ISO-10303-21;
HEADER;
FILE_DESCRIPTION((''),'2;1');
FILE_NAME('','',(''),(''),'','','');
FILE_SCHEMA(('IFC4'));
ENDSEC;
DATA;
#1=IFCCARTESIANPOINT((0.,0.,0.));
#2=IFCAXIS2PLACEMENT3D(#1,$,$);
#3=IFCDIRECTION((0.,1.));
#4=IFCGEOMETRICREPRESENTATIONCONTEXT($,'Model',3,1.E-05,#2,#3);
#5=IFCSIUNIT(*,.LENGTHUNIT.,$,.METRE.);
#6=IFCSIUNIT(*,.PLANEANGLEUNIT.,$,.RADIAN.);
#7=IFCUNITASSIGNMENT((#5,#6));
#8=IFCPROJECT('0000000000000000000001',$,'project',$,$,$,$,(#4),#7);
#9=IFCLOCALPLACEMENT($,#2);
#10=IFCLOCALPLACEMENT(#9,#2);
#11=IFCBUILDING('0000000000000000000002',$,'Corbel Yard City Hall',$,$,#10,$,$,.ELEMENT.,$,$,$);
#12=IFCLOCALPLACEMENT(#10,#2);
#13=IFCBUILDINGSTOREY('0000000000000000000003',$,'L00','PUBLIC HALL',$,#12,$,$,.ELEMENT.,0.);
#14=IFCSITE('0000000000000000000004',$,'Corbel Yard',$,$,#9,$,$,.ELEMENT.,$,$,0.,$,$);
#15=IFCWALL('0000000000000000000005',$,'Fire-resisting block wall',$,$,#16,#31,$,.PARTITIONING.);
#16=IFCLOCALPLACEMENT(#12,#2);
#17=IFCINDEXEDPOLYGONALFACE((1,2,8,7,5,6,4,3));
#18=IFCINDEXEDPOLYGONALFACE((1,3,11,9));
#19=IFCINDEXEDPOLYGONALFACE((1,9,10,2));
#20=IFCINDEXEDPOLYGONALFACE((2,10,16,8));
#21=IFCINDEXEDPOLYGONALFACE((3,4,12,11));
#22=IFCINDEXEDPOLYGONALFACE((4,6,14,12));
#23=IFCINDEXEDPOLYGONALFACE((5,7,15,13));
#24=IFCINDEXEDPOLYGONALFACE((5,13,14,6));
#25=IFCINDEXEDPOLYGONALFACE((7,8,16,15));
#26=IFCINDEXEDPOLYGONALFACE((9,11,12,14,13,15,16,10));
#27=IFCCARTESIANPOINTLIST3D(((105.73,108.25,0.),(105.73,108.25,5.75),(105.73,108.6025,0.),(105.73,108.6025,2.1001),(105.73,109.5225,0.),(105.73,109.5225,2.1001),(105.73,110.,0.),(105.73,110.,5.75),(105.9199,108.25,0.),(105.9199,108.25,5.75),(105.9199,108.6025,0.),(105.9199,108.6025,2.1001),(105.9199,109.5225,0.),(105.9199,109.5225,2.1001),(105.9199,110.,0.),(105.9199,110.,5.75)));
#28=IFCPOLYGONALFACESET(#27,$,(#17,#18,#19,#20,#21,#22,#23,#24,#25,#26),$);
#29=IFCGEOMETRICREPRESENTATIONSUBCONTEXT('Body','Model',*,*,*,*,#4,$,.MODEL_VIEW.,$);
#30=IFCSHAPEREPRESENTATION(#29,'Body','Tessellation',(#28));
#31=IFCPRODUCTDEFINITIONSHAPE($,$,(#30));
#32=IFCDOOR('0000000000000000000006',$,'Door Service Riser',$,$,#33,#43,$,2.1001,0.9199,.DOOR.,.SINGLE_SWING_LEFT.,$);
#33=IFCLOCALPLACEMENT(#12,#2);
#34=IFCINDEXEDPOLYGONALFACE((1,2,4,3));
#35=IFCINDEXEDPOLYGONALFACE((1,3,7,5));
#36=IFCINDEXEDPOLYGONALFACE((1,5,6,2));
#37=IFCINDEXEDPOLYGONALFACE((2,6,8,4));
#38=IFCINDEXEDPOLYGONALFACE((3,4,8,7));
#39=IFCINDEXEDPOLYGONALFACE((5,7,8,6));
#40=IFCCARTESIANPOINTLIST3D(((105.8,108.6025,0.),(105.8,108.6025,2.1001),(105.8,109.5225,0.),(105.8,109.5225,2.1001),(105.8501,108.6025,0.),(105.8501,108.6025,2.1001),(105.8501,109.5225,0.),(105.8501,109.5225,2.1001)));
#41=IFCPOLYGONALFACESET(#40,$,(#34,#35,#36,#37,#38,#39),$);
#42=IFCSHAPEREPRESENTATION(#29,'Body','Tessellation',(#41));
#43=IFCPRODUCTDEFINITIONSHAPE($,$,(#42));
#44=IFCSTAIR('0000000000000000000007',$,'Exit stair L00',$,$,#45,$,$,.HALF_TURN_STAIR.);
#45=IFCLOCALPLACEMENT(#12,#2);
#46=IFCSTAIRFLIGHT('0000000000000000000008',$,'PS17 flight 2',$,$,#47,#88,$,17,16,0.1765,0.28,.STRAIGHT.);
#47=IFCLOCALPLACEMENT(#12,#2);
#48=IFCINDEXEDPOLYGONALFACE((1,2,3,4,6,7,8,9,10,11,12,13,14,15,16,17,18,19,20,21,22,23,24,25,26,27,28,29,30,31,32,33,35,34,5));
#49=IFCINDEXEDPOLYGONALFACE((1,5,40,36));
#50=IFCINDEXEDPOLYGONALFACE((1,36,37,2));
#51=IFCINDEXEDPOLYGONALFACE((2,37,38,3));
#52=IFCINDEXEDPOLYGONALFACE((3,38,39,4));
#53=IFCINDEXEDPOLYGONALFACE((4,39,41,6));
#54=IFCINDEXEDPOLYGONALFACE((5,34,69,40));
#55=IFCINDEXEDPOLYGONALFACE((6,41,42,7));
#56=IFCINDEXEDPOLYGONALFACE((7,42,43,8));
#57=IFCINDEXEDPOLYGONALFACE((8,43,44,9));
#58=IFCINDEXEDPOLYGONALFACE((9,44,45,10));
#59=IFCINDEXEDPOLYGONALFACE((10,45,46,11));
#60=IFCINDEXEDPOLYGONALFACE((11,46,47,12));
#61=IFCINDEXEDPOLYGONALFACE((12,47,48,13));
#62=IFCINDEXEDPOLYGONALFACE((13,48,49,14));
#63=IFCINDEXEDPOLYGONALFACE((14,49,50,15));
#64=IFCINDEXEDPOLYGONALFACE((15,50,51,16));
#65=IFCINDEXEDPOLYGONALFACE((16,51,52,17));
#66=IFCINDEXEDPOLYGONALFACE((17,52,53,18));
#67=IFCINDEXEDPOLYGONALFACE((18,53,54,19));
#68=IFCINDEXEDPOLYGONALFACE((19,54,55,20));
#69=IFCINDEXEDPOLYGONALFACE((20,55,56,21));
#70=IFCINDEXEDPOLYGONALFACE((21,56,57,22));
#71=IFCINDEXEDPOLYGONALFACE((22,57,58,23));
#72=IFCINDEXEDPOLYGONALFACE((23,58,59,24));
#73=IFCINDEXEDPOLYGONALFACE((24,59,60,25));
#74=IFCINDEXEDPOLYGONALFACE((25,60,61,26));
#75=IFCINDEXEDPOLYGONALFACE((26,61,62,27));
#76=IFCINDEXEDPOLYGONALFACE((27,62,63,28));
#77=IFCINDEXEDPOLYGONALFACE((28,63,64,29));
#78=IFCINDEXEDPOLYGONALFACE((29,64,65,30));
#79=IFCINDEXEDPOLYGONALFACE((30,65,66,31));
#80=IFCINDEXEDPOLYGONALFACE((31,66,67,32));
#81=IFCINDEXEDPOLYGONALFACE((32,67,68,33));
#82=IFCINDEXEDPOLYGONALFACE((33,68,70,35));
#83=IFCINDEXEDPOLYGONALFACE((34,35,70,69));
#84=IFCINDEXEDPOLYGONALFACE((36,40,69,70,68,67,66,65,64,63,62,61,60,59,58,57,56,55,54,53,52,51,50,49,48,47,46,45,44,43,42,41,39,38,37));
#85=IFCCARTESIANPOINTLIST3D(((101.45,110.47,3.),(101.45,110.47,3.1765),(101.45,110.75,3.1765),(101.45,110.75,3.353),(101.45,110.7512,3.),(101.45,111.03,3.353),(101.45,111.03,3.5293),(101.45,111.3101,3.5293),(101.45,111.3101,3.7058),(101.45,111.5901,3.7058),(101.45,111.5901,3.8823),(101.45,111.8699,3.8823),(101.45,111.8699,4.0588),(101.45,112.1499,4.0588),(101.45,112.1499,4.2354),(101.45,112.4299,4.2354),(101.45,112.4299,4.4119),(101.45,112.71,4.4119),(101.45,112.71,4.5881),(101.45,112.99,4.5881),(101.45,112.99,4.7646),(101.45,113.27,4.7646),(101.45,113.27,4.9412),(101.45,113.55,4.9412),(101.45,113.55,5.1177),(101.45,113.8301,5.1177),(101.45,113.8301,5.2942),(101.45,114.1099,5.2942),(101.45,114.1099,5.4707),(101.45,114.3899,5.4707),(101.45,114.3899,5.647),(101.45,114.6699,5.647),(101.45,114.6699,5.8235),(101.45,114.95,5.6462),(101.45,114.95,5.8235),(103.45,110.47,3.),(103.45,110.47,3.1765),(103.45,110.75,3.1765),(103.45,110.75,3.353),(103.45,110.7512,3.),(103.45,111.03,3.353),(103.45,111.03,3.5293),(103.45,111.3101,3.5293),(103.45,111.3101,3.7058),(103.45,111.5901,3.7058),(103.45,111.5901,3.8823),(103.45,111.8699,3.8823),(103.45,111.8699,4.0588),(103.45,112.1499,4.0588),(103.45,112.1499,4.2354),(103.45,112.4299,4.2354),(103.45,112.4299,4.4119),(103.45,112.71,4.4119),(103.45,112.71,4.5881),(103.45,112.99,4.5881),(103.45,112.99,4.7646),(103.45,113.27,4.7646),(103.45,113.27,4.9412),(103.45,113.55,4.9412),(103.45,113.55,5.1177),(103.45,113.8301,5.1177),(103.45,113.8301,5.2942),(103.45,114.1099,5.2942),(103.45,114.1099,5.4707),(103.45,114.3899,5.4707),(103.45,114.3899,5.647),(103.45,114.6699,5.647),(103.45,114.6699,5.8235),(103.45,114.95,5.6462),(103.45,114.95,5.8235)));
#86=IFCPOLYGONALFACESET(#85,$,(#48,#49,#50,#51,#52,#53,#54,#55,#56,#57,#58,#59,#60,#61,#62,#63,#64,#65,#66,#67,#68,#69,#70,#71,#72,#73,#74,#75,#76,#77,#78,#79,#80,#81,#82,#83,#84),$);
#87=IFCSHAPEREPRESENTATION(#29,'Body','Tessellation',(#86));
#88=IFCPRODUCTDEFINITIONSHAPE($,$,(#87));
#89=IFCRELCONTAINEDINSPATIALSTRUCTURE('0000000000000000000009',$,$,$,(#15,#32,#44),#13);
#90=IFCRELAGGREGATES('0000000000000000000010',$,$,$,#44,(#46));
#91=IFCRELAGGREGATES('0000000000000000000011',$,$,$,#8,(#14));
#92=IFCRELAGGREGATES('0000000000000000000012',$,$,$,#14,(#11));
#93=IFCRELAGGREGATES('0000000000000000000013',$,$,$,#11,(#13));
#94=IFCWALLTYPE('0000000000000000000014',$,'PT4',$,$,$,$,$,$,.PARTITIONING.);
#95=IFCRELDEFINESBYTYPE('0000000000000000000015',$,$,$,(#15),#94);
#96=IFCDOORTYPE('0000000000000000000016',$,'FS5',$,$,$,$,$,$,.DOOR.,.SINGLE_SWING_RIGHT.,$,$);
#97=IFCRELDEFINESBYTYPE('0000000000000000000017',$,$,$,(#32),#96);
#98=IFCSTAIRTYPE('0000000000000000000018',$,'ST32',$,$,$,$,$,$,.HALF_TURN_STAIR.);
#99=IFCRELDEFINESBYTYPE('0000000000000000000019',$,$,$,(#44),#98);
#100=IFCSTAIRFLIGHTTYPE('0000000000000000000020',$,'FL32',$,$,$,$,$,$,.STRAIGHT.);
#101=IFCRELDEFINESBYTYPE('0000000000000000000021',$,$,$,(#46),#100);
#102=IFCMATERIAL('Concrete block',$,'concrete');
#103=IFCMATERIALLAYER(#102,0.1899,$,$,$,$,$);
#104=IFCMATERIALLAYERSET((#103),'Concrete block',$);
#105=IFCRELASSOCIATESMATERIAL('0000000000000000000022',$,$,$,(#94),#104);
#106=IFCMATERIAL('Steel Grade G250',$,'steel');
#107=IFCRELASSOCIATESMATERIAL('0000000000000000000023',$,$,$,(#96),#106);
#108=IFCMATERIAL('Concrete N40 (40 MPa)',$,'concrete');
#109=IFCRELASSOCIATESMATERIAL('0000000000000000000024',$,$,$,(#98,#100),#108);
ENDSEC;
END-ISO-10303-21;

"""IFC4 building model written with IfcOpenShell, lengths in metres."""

from ifc_helpers import new_model, si_unit, direction, frame, frame_2d, origin, place, context, subcontext, project, spatial, polyline, rectangle, outline, extrude, material, layer, layer_set, type_object, element, fill, aggregate, save


model = new_model("IFC4")

# Units and contexts
model_context = context("Model", 3, precision=1e-05, world=origin(), true_north=direction((0.0, 1.0)))
body_context = subcontext(model_context, "Body", "Model", "MODEL_VIEW")
ifc_project = project(units=[si_unit("LENGTHUNIT", "METRE"), si_unit("PLANEANGLEUNIT", "RADIAN")], contexts=[model_context])

# Site, building, storey
site_placement = place(None, origin())
site = spatial("IfcSite", under=ifc_project, at=site_placement, Name="Corbel Yard", CompositionType="ELEMENT", RefElevation=0.0)
building_placement = place(site_placement, origin())
building = spatial("IfcBuilding", under=site, at=building_placement, Name="Corbel Yard City Hall", CompositionType="ELEMENT")
storey_placement = place(building_placement, origin())
storey = spatial("IfcBuildingStorey", under=building, at=storey_placement, Name="L00", Description="PUBLIC HALL", CompositionType="ELEMENT", Elevation=0.0)

# Shared definitions
ifc_material_1 = material(Name="Steel Grade G250", Category="steel")
ifc_material_2 = material(Name="Concrete N40 (40 MPa)", Category="concrete")

# Wall, opening, door
ifc_material_3 = material(Name="Concrete block", Category="concrete")
ifc_layer_1 = layer(ifc_material_3, 0.1899)
ifc_layer_set_1 = layer_set([ifc_layer_1], Name="Concrete block")
wall_type_1 = type_object("IfcWallType", Name="PT4", PredefinedType="PARTITIONING", material=ifc_layer_set_1)
wall_1_placement = place(storey_placement, frame((105.825, 108.25, 0.0), z_axis=(0.0, 0.0, 1.0), x_axis=(0.0, 1.0, 0.0)))
wall_1 = element("IfcWall", 1, at=wall_1_placement, inside=storey, type_object=wall_type_1, Name="Fire-resisting block wall", PredefinedType="PARTITIONING", context=body_context, shape_type="SweptSolid", body=[
    extrude(rectangle(XDim=1.75, YDim=0.1899, at=frame_2d((0.875, 0.0))), origin(), (0.0, 0.0, 1.0), 5.75),
])
opening_1_placement = place(wall_1_placement, frame((0.3525, 0.0, 0.0)))
opening_1 = element("IfcOpeningElement", 2, at=opening_1_placement, cuts=wall_1, PredefinedType="OPENING", context=body_context, shape_type="SweptSolid", body=[
    extrude(rectangle(XDim=0.9199, YDim=2.1001, at=frame_2d((0.46, 1.05))), frame((0.0, 0.105, 0.0), z_axis=(0.0, -1.0, 0.0), x_axis=(1.0, 0.0, 0.0)), (0.0, 0.0, 1.0), 0.21),
])
door_type_1 = type_object("IfcDoorType", Name="FS5", OperationType="SINGLE_SWING_RIGHT", PredefinedType="DOOR", material=ifc_material_1)
door_1_placement = place(opening_1_placement, origin())
door_1 = element("IfcDoor", 3, at=door_1_placement, inside=storey, type_object=door_type_1, Name="Door Service Riser", OperationType="SINGLE_SWING_LEFT", OverallHeight=2.1001, OverallWidth=0.9199, PredefinedType="DOOR", context=body_context, shape_type="SweptSolid", body=[
    extrude(rectangle(XDim=0.9199, YDim=2.1001, at=frame_2d((0.46, 1.05))), frame((0.0, 0.0249, 0.0), z_axis=(0.0, -1.0, 0.0), x_axis=(1.0, 0.0, 0.0)), (0.0, 0.0, 1.0), 0.05),
])
fill(opening_1, door_1)

# Stair, stair flight
stair_type = type_object("IfcStairType", Name="ST32", PredefinedType="HALF_TURN_STAIR", material=ifc_material_2)
stair_placement = place(storey_placement, origin())
stair = element("IfcStair", 4, at=stair_placement, inside=storey, type_object=stair_type, Name="Exit stair L00", PredefinedType="HALF_TURN_STAIR")
stair_flight_type = type_object("IfcStairFlightType", Name="FL32", PredefinedType="STRAIGHT", material=ifc_material_2)
stair_flight_placement = place(storey_placement, frame((102.45, 110.47, 3.0), z_axis=(0.0, 0.0, 1.0), x_axis=(0.0, 1.0, 0.0)))
stair_flight = element("IfcStairFlight", 5, at=stair_flight_placement, type_object=stair_flight_type, Name="PS17 flight 2", NumberOfRisers=17, NumberOfTreads=16, PredefinedType="STRAIGHT", RiserHeight=0.1765, TreadLength=0.28, context=body_context, shape_type="SweptSolid", body=[
    extrude(outline(polyline([(0.0, 0.0), (0.0, 0.1765), (0.28, 0.1765), (0.28, 0.353), (0.5601, 0.353), (0.5601, 0.5293), (0.8401, 0.5293), (0.8401, 0.7058), (1.1201, 0.7058), (1.1201, 0.8823), (1.3999, 0.8823), (1.3999, 1.0588), (1.6799, 1.0588), (1.6799, 1.2354), (1.96, 1.2354), (1.96, 1.4119), (2.24, 1.4119), (2.24, 1.5881), (2.52, 1.5881), (2.52, 1.7646), (2.8, 1.7646), (2.8, 1.9412), (3.0801, 1.9412), (3.0801, 2.1177), (3.3601, 2.1177), (3.3601, 2.2942), (3.6399, 2.2942), (3.6399, 2.4707), (3.9199, 2.4707), (3.9199, 2.647), (4.2, 2.647), (4.2, 2.8235), (4.48, 2.8235), (4.48, 3.0), (4.48, 2.6462), (0.2812, 0.0), (0.0, 0.0)])), frame((0.0, 1.0, 0.0), z_axis=(0.0, -1.0, 0.0), x_axis=(1.0, 0.0, 0.0)), (0.0, 0.0, 1.0), 2.0),
])
aggregate(stair, [stair_flight])

save(model, "model.ifc")
